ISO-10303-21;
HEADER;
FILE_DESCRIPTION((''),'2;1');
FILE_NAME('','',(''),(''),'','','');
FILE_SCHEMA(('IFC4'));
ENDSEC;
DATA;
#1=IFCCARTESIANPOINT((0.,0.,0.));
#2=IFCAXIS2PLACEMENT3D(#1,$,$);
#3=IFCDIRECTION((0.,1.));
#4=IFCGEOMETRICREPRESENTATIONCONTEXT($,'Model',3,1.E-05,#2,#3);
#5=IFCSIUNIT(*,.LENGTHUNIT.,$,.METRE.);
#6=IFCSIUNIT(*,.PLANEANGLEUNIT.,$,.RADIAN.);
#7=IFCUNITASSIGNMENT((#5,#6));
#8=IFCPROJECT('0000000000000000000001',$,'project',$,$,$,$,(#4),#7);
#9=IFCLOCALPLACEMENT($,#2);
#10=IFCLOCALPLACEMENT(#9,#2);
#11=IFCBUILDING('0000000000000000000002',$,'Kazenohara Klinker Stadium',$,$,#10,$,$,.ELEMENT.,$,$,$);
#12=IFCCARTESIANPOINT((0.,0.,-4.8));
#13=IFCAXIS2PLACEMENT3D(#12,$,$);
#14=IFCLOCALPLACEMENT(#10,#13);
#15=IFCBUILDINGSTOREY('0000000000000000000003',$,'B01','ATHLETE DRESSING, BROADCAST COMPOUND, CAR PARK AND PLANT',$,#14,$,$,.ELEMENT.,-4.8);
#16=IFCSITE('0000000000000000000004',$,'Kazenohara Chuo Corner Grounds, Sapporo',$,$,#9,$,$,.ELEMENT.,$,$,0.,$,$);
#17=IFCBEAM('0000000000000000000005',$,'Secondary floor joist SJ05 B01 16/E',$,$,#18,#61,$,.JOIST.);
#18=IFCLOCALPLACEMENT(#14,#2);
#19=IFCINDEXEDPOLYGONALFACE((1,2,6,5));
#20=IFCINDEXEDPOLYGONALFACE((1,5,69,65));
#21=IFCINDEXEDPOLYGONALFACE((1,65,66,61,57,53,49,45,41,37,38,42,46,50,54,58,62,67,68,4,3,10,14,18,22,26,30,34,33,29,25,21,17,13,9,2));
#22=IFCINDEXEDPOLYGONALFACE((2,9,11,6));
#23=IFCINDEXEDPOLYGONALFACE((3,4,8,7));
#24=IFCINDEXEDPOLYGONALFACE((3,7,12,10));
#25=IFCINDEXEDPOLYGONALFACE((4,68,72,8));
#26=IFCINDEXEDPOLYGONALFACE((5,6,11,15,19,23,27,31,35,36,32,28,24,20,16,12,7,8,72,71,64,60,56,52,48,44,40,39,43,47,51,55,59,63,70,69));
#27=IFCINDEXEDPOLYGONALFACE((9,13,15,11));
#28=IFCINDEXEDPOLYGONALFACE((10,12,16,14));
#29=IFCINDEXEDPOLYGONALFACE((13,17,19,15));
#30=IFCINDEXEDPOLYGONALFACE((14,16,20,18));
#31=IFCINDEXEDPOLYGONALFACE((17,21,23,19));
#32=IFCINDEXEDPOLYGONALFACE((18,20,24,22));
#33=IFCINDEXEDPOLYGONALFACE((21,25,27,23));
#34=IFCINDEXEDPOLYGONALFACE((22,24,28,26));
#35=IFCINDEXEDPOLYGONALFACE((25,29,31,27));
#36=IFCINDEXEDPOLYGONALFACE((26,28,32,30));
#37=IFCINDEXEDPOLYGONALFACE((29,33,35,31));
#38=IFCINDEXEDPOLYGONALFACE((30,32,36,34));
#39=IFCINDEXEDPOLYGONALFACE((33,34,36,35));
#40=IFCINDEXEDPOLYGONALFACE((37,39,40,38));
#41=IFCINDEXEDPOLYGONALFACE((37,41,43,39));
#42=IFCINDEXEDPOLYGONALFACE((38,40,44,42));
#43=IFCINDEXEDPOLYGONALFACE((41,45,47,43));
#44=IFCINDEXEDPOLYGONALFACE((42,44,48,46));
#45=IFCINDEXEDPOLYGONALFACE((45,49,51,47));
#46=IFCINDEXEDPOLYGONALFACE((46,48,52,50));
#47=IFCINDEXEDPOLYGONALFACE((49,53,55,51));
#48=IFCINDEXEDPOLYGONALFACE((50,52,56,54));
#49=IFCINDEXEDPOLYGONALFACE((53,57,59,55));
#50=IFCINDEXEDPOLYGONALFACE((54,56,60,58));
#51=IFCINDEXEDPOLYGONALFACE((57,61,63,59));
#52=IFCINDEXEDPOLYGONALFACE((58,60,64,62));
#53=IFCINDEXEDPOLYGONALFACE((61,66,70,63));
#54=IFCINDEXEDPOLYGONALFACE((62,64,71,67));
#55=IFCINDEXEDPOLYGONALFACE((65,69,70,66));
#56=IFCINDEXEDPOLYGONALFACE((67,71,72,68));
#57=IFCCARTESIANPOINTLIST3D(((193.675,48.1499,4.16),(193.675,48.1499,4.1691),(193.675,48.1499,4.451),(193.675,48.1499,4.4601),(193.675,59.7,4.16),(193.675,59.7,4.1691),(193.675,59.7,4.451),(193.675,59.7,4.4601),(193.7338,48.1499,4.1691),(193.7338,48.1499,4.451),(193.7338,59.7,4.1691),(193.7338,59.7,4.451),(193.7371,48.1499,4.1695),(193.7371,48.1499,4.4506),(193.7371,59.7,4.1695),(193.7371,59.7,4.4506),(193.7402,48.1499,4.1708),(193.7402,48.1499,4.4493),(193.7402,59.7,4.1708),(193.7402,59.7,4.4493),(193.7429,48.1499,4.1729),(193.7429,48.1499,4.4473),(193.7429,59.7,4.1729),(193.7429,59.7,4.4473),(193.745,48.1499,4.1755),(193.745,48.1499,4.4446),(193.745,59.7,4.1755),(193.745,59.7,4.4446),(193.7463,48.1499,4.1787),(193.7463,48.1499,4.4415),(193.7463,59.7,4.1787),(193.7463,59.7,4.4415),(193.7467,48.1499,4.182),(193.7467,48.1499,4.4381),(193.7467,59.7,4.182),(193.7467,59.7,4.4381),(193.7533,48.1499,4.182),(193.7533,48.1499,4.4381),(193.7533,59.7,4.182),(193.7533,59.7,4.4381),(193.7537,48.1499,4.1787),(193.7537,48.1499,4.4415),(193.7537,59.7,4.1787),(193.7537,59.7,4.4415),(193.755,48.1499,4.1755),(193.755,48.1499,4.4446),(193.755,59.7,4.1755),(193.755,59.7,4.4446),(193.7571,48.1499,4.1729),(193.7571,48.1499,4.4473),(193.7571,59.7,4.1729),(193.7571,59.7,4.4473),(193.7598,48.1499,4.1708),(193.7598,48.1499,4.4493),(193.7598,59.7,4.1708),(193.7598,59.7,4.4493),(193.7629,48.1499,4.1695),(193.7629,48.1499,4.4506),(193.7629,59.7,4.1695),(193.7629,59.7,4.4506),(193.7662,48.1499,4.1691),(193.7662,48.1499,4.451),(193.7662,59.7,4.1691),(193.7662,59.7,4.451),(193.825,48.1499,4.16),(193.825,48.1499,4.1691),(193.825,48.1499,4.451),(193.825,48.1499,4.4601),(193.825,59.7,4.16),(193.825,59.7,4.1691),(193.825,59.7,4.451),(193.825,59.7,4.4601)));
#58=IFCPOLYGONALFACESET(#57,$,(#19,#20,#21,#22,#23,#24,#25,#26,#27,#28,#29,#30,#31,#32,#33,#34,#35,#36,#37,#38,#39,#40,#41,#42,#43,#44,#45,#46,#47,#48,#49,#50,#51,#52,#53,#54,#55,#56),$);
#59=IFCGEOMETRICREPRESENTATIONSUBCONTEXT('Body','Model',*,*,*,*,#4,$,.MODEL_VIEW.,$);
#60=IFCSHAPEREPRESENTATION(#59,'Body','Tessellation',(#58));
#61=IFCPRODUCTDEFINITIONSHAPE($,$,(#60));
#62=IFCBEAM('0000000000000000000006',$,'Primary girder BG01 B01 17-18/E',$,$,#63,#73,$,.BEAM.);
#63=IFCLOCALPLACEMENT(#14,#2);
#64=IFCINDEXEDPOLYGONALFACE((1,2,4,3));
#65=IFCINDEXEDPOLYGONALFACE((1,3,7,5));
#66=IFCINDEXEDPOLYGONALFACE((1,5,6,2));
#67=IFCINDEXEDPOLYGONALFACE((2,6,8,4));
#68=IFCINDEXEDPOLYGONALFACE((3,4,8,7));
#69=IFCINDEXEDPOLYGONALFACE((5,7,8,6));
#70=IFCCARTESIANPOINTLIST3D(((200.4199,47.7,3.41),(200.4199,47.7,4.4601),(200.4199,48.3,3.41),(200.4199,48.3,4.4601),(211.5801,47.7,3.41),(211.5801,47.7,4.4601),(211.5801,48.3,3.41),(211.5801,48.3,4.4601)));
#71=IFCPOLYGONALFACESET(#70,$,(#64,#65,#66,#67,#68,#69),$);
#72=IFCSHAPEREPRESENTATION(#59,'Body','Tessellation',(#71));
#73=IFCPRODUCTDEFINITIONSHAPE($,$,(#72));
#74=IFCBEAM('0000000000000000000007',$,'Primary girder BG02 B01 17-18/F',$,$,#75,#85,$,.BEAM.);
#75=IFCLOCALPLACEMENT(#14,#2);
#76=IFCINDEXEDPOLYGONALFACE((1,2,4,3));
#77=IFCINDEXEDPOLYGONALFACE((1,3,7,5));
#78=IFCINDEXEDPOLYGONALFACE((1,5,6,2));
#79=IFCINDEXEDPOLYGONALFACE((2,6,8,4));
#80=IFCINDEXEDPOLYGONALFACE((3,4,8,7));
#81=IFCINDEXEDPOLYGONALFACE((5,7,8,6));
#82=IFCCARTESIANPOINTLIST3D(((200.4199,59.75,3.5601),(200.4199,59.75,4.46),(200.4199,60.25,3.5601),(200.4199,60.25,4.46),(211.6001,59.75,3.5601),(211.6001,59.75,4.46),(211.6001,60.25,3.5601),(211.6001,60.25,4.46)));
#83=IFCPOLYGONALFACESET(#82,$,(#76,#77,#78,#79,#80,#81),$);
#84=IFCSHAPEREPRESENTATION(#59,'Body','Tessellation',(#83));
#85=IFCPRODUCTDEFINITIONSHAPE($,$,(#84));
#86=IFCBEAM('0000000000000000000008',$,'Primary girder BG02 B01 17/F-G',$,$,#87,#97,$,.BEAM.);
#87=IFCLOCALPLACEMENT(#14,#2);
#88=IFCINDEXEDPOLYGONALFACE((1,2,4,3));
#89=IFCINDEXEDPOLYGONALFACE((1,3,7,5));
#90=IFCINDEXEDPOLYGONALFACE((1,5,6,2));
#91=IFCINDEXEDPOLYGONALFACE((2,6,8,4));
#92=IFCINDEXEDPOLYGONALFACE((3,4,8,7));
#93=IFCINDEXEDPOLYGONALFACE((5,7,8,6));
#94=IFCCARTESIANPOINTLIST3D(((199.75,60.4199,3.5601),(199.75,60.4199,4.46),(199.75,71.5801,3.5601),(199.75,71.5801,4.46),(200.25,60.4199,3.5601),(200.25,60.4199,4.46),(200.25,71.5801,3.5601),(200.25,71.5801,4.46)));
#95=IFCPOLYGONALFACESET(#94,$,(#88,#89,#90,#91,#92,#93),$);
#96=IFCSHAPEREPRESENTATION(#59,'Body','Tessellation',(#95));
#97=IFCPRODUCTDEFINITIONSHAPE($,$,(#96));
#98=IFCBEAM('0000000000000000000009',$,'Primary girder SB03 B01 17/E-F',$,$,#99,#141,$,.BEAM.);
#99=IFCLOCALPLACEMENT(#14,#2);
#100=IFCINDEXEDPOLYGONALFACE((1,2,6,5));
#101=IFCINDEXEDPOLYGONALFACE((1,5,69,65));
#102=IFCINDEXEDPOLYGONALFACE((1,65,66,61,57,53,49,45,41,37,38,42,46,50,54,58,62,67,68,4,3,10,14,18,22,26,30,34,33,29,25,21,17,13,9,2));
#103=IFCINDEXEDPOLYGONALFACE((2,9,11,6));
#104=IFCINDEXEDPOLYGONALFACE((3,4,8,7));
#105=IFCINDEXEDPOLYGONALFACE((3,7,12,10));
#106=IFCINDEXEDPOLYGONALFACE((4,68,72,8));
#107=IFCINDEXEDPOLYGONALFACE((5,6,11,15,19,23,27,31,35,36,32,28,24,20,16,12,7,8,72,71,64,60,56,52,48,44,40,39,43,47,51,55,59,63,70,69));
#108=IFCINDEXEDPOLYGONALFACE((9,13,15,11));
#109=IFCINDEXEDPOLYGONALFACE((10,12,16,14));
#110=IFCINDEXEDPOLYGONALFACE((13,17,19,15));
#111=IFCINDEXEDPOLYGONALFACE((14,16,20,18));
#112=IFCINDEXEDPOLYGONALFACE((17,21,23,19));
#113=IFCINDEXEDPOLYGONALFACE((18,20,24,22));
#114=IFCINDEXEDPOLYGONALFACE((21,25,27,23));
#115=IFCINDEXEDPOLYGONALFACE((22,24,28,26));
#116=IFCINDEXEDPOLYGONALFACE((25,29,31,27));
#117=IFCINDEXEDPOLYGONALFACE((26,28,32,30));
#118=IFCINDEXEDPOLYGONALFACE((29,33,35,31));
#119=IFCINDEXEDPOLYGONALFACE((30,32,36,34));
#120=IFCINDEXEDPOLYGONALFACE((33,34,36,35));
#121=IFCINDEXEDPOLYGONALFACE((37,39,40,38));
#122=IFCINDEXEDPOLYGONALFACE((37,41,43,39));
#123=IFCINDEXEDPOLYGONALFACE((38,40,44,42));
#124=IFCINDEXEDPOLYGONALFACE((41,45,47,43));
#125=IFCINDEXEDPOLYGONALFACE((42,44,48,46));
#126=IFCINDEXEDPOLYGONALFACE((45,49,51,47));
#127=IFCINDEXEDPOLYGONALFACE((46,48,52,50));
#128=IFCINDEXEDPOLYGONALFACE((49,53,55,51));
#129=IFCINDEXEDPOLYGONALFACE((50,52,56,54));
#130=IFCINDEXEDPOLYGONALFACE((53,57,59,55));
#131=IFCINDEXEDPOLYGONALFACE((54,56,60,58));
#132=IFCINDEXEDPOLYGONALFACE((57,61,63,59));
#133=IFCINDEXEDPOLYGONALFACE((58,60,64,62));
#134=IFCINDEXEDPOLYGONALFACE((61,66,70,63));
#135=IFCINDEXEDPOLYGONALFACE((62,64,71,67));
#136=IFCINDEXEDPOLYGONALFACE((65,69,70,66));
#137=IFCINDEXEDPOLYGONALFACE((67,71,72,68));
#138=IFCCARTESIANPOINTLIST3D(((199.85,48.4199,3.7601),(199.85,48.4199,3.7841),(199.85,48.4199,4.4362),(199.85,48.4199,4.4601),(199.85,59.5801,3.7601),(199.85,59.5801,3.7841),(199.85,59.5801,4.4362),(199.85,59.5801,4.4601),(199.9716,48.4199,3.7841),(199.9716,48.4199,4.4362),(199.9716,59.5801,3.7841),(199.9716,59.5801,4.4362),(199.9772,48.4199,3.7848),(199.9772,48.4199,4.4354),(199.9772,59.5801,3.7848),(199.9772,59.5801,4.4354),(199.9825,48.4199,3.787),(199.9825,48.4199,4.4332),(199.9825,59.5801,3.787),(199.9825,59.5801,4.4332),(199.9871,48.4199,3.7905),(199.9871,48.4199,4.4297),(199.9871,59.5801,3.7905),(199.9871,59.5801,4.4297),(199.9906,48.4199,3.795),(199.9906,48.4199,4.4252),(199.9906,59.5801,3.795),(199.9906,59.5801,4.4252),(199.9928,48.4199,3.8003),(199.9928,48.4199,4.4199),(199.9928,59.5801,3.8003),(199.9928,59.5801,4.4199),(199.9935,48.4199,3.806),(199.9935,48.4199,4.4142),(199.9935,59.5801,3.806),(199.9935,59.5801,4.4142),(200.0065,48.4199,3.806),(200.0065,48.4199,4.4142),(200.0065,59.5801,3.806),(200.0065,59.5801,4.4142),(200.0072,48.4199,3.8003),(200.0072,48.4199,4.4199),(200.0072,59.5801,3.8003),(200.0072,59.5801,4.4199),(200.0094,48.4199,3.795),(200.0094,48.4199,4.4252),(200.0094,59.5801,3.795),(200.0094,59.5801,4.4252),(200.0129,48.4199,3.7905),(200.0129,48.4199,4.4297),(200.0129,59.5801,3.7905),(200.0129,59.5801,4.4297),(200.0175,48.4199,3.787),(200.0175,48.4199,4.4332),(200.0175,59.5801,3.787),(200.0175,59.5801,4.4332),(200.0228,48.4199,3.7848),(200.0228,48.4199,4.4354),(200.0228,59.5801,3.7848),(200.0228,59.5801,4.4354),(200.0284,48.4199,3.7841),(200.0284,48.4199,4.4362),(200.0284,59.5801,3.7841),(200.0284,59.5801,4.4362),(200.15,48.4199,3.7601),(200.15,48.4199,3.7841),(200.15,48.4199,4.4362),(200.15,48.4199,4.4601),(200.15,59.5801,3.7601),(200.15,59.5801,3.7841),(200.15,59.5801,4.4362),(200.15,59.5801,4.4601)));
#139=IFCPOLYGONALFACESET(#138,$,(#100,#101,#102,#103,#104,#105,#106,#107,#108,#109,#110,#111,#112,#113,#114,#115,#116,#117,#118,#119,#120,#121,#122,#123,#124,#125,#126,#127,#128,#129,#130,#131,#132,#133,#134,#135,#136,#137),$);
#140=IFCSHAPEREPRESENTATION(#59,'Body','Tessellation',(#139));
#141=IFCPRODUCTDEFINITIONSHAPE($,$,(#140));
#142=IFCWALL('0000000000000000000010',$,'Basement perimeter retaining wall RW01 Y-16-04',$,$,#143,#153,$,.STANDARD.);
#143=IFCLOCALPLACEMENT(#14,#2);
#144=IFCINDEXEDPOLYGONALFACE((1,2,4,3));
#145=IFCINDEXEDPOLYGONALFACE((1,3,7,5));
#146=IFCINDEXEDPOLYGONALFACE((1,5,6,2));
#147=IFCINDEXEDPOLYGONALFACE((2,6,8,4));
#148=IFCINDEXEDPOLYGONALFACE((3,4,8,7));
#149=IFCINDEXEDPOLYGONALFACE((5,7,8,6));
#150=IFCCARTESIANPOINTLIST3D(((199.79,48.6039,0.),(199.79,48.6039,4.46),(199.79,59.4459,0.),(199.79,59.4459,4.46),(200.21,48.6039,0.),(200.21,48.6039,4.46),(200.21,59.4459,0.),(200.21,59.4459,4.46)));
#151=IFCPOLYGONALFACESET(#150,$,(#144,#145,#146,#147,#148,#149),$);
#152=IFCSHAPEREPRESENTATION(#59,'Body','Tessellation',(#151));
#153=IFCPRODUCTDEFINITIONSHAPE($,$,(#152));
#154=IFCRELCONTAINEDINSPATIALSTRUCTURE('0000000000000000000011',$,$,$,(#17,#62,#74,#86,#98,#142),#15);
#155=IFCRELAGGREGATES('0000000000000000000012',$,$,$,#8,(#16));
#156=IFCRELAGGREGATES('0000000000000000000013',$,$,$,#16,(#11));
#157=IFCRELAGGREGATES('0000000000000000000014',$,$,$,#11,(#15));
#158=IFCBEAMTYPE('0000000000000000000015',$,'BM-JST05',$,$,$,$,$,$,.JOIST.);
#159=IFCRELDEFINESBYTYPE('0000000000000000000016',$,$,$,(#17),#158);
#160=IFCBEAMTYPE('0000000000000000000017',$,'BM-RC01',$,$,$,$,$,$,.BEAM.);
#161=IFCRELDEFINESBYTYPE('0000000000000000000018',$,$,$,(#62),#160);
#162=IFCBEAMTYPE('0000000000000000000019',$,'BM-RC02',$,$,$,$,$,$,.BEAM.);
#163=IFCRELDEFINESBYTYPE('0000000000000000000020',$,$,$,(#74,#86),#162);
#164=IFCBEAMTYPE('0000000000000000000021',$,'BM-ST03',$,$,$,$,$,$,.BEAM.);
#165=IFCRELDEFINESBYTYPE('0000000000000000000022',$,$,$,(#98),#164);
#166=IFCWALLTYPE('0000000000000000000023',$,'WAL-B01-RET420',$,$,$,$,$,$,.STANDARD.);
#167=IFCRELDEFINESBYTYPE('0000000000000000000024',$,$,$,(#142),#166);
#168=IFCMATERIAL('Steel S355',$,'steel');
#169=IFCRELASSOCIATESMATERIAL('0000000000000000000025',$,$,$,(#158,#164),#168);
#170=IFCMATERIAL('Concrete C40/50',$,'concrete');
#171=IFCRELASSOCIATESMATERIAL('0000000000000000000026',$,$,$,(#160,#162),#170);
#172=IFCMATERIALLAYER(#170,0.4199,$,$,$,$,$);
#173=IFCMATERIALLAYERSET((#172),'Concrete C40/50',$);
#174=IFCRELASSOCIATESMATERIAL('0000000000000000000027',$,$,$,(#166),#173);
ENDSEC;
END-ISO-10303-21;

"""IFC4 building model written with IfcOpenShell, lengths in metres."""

from ifc_helpers import new_model, si_unit, direction, frame, frame_2d, origin, origin_2d, place, context, subcontext, project, spatial, rectangle, i_section, extrude, material, layer, layer_set, material_profile, profile_set, type_object, element, save


model = new_model("IFC4")

# Units and contexts
model_context = context("Model", 3, precision=1e-05, world=origin(), true_north=direction((0.0, 1.0)))
body_context = subcontext(model_context, "Body", "Model", "MODEL_VIEW")
ifc_project = project(units=[si_unit("LENGTHUNIT", "METRE"), si_unit("PLANEANGLEUNIT", "RADIAN")], contexts=[model_context])

# Site, building, storey
site_placement = place(None, origin())
site = spatial("IfcSite", under=ifc_project, at=site_placement, Name="Kazenohara Chuo Corner Grounds, Sapporo", CompositionType="ELEMENT", RefElevation=0.0)
building_placement = place(site_placement, origin())
building = spatial("IfcBuilding", under=site, at=building_placement, Name="Kazenohara Klinker Stadium", CompositionType="ELEMENT")
storey_placement = place(building_placement, frame((0.0, 0.0, -4.8)))
storey = spatial("IfcBuildingStorey", under=building, at=storey_placement, Name="B01", Description="ATHLETE DRESSING, BROADCAST COMPOUND, CAR PARK AND PLANT", CompositionType="ELEMENT", Elevation=-4.8)

# Shared definitions
ifc_material_1 = material(Name="Concrete C40/50", Category="concrete")

# Beams
ifc_material_2 = material(Name="Steel S355", Category="steel")
ifc_material_profile_1 = material_profile(ifc_material_2, i_section(OverallWidth=0.1499, OverallDepth=0.3, WebThickness=0.0066, FlangeThickness=0.009, FilletRadius=0.0129, at=origin_2d()), Name="H-300x150x6.5x9")
ifc_profile_set_1 = profile_set([ifc_material_profile_1], Name="Steel S355")
beam_type_1 = type_object("IfcBeamType", Name="BM-JST05", PredefinedType="JOIST", material=ifc_profile_set_1)
beam_1_placement = place(storey_placement, frame((193.75, 48.1499, 4.3101), z_axis=(0.0, 1.0, 0.0), x_axis=(-1.0, 0.0, 0.0)))
element("IfcBeam", 1, at=beam_1_placement, inside=storey, type_object=beam_type_1, Name="Secondary floor joist SJ05 B01 16/E", PredefinedType="JOIST", context=body_context, shape_type="SweptSolid", body=[
    extrude(i_section(OverallWidth=0.1499, OverallDepth=0.3, WebThickness=0.0066, FlangeThickness=0.009, FilletRadius=0.0129, at=origin_2d()), origin(), (0.0, 0.0, 1.0), 11.55),
])
ifc_material_profile_2 = material_profile(ifc_material_1, rectangle(XDim=0.6001, YDim=1.05, at=origin_2d()), Name="RC-BM-600x1050")
ifc_profile_set_2 = profile_set([ifc_material_profile_2], Name="Concrete C40/50")
beam_type_2 = type_object("IfcBeamType", Name="BM-RC01", PredefinedType="BEAM", material=ifc_profile_set_2)
beam_2_placement = place(storey_placement, frame((200.4199, 48.0, 3.9351), z_axis=(1.0, 0.0, 0.0), x_axis=(0.0, 1.0, 0.0)))
element("IfcBeam", 2, at=beam_2_placement, inside=storey, type_object=beam_type_2, Name="Primary girder BG01 B01 17-18/E", PredefinedType="BEAM", context=body_context, shape_type="SweptSolid", body=[
    extrude(rectangle(XDim=0.6001, YDim=1.05, at=origin_2d()), origin(), (0.0, 0.0, 1.0), 11.1602),
])
ifc_material_profile_3 = material_profile(ifc_material_1, rectangle(XDim=0.5, YDim=0.8999, at=origin_2d()), Name="RC-BM-500x900")
ifc_profile_set_3 = profile_set([ifc_material_profile_3], Name="Concrete C40/50")
beam_type_3 = type_object("IfcBeamType", Name="BM-RC02", PredefinedType="BEAM", material=ifc_profile_set_3)
beam_3_placement = place(storey_placement, frame((200.4199, 60.0, 4.01), z_axis=(1.0, 0.0, 0.0), x_axis=(0.0, 1.0, 0.0)))
element("IfcBeam", 3, at=beam_3_placement, inside=storey, type_object=beam_type_3, Name="Primary girder BG02 B01 17-18/F", PredefinedType="BEAM", context=body_context, shape_type="SweptSolid", body=[
    extrude(rectangle(XDim=0.5, YDim=0.8999, at=origin_2d()), origin(), (0.0, 0.0, 1.0), 11.1802),
])
beam_4_placement = place(storey_placement, frame((200.0, 60.4199, 4.01), z_axis=(0.0, 1.0, 0.0), x_axis=(-1.0, 0.0, 0.0)))
element("IfcBeam", 4, at=beam_4_placement, inside=storey, type_object=beam_type_3, Name="Primary girder BG02 B01 17/F-G", PredefinedType="BEAM", context=body_context, shape_type="SweptSolid", body=[
    extrude(rectangle(XDim=0.5, YDim=0.8999, at=origin_2d()), origin(), (0.0, 0.0, 1.0), 11.1602),
])
ifc_material_profile_4 = material_profile(ifc_material_2, i_section(OverallWidth=0.3, OverallDepth=0.7, WebThickness=0.0129, FlangeThickness=0.0239, FilletRadius=0.022, at=origin_2d()), Name="H-700x300x13x24")
ifc_profile_set_4 = profile_set([ifc_material_profile_4], Name="Steel S355")
beam_type_4 = type_object("IfcBeamType", Name="BM-ST03", PredefinedType="BEAM", material=ifc_profile_set_4)
beam_5_placement = place(storey_placement, frame((200.0, 48.4199, 4.1101), z_axis=(0.0, 1.0, 0.0), x_axis=(-1.0, 0.0, 0.0)))
element("IfcBeam", 5, at=beam_5_placement, inside=storey, type_object=beam_type_4, Name="Primary girder SB03 B01 17/E-F", PredefinedType="BEAM", context=body_context, shape_type="SweptSolid", body=[
    extrude(i_section(OverallWidth=0.3, OverallDepth=0.7, WebThickness=0.0129, FlangeThickness=0.0239, FilletRadius=0.022, at=origin_2d()), origin(), (0.0, 0.0, 1.0), 11.1602),
])

# Wall
ifc_layer_1 = layer(ifc_material_1, 0.4199)
ifc_layer_set_1 = layer_set([ifc_layer_1], Name="Concrete C40/50")
wall_type_1 = type_object("IfcWallType", Name="WAL-B01-RET420", PredefinedType="STANDARD", material=ifc_layer_set_1)
wall_1_placement = place(storey_placement, frame((200.0, 48.604, 0.0), z_axis=(0.0, 0.0, 1.0), x_axis=(0.0, 1.0, 0.0)))
element("IfcWall", 6, at=wall_1_placement, inside=storey, type_object=wall_type_1, Name="Basement perimeter retaining wall RW01 Y-16-04", PredefinedType="STANDARD", context=body_context, shape_type="SweptSolid", body=[
    extrude(rectangle(XDim=10.842, YDim=0.4199, at=frame_2d((5.4209, 0.0))), origin(), (0.0, 0.0, 1.0), 4.46),
])

save(model, "model.ifc")
